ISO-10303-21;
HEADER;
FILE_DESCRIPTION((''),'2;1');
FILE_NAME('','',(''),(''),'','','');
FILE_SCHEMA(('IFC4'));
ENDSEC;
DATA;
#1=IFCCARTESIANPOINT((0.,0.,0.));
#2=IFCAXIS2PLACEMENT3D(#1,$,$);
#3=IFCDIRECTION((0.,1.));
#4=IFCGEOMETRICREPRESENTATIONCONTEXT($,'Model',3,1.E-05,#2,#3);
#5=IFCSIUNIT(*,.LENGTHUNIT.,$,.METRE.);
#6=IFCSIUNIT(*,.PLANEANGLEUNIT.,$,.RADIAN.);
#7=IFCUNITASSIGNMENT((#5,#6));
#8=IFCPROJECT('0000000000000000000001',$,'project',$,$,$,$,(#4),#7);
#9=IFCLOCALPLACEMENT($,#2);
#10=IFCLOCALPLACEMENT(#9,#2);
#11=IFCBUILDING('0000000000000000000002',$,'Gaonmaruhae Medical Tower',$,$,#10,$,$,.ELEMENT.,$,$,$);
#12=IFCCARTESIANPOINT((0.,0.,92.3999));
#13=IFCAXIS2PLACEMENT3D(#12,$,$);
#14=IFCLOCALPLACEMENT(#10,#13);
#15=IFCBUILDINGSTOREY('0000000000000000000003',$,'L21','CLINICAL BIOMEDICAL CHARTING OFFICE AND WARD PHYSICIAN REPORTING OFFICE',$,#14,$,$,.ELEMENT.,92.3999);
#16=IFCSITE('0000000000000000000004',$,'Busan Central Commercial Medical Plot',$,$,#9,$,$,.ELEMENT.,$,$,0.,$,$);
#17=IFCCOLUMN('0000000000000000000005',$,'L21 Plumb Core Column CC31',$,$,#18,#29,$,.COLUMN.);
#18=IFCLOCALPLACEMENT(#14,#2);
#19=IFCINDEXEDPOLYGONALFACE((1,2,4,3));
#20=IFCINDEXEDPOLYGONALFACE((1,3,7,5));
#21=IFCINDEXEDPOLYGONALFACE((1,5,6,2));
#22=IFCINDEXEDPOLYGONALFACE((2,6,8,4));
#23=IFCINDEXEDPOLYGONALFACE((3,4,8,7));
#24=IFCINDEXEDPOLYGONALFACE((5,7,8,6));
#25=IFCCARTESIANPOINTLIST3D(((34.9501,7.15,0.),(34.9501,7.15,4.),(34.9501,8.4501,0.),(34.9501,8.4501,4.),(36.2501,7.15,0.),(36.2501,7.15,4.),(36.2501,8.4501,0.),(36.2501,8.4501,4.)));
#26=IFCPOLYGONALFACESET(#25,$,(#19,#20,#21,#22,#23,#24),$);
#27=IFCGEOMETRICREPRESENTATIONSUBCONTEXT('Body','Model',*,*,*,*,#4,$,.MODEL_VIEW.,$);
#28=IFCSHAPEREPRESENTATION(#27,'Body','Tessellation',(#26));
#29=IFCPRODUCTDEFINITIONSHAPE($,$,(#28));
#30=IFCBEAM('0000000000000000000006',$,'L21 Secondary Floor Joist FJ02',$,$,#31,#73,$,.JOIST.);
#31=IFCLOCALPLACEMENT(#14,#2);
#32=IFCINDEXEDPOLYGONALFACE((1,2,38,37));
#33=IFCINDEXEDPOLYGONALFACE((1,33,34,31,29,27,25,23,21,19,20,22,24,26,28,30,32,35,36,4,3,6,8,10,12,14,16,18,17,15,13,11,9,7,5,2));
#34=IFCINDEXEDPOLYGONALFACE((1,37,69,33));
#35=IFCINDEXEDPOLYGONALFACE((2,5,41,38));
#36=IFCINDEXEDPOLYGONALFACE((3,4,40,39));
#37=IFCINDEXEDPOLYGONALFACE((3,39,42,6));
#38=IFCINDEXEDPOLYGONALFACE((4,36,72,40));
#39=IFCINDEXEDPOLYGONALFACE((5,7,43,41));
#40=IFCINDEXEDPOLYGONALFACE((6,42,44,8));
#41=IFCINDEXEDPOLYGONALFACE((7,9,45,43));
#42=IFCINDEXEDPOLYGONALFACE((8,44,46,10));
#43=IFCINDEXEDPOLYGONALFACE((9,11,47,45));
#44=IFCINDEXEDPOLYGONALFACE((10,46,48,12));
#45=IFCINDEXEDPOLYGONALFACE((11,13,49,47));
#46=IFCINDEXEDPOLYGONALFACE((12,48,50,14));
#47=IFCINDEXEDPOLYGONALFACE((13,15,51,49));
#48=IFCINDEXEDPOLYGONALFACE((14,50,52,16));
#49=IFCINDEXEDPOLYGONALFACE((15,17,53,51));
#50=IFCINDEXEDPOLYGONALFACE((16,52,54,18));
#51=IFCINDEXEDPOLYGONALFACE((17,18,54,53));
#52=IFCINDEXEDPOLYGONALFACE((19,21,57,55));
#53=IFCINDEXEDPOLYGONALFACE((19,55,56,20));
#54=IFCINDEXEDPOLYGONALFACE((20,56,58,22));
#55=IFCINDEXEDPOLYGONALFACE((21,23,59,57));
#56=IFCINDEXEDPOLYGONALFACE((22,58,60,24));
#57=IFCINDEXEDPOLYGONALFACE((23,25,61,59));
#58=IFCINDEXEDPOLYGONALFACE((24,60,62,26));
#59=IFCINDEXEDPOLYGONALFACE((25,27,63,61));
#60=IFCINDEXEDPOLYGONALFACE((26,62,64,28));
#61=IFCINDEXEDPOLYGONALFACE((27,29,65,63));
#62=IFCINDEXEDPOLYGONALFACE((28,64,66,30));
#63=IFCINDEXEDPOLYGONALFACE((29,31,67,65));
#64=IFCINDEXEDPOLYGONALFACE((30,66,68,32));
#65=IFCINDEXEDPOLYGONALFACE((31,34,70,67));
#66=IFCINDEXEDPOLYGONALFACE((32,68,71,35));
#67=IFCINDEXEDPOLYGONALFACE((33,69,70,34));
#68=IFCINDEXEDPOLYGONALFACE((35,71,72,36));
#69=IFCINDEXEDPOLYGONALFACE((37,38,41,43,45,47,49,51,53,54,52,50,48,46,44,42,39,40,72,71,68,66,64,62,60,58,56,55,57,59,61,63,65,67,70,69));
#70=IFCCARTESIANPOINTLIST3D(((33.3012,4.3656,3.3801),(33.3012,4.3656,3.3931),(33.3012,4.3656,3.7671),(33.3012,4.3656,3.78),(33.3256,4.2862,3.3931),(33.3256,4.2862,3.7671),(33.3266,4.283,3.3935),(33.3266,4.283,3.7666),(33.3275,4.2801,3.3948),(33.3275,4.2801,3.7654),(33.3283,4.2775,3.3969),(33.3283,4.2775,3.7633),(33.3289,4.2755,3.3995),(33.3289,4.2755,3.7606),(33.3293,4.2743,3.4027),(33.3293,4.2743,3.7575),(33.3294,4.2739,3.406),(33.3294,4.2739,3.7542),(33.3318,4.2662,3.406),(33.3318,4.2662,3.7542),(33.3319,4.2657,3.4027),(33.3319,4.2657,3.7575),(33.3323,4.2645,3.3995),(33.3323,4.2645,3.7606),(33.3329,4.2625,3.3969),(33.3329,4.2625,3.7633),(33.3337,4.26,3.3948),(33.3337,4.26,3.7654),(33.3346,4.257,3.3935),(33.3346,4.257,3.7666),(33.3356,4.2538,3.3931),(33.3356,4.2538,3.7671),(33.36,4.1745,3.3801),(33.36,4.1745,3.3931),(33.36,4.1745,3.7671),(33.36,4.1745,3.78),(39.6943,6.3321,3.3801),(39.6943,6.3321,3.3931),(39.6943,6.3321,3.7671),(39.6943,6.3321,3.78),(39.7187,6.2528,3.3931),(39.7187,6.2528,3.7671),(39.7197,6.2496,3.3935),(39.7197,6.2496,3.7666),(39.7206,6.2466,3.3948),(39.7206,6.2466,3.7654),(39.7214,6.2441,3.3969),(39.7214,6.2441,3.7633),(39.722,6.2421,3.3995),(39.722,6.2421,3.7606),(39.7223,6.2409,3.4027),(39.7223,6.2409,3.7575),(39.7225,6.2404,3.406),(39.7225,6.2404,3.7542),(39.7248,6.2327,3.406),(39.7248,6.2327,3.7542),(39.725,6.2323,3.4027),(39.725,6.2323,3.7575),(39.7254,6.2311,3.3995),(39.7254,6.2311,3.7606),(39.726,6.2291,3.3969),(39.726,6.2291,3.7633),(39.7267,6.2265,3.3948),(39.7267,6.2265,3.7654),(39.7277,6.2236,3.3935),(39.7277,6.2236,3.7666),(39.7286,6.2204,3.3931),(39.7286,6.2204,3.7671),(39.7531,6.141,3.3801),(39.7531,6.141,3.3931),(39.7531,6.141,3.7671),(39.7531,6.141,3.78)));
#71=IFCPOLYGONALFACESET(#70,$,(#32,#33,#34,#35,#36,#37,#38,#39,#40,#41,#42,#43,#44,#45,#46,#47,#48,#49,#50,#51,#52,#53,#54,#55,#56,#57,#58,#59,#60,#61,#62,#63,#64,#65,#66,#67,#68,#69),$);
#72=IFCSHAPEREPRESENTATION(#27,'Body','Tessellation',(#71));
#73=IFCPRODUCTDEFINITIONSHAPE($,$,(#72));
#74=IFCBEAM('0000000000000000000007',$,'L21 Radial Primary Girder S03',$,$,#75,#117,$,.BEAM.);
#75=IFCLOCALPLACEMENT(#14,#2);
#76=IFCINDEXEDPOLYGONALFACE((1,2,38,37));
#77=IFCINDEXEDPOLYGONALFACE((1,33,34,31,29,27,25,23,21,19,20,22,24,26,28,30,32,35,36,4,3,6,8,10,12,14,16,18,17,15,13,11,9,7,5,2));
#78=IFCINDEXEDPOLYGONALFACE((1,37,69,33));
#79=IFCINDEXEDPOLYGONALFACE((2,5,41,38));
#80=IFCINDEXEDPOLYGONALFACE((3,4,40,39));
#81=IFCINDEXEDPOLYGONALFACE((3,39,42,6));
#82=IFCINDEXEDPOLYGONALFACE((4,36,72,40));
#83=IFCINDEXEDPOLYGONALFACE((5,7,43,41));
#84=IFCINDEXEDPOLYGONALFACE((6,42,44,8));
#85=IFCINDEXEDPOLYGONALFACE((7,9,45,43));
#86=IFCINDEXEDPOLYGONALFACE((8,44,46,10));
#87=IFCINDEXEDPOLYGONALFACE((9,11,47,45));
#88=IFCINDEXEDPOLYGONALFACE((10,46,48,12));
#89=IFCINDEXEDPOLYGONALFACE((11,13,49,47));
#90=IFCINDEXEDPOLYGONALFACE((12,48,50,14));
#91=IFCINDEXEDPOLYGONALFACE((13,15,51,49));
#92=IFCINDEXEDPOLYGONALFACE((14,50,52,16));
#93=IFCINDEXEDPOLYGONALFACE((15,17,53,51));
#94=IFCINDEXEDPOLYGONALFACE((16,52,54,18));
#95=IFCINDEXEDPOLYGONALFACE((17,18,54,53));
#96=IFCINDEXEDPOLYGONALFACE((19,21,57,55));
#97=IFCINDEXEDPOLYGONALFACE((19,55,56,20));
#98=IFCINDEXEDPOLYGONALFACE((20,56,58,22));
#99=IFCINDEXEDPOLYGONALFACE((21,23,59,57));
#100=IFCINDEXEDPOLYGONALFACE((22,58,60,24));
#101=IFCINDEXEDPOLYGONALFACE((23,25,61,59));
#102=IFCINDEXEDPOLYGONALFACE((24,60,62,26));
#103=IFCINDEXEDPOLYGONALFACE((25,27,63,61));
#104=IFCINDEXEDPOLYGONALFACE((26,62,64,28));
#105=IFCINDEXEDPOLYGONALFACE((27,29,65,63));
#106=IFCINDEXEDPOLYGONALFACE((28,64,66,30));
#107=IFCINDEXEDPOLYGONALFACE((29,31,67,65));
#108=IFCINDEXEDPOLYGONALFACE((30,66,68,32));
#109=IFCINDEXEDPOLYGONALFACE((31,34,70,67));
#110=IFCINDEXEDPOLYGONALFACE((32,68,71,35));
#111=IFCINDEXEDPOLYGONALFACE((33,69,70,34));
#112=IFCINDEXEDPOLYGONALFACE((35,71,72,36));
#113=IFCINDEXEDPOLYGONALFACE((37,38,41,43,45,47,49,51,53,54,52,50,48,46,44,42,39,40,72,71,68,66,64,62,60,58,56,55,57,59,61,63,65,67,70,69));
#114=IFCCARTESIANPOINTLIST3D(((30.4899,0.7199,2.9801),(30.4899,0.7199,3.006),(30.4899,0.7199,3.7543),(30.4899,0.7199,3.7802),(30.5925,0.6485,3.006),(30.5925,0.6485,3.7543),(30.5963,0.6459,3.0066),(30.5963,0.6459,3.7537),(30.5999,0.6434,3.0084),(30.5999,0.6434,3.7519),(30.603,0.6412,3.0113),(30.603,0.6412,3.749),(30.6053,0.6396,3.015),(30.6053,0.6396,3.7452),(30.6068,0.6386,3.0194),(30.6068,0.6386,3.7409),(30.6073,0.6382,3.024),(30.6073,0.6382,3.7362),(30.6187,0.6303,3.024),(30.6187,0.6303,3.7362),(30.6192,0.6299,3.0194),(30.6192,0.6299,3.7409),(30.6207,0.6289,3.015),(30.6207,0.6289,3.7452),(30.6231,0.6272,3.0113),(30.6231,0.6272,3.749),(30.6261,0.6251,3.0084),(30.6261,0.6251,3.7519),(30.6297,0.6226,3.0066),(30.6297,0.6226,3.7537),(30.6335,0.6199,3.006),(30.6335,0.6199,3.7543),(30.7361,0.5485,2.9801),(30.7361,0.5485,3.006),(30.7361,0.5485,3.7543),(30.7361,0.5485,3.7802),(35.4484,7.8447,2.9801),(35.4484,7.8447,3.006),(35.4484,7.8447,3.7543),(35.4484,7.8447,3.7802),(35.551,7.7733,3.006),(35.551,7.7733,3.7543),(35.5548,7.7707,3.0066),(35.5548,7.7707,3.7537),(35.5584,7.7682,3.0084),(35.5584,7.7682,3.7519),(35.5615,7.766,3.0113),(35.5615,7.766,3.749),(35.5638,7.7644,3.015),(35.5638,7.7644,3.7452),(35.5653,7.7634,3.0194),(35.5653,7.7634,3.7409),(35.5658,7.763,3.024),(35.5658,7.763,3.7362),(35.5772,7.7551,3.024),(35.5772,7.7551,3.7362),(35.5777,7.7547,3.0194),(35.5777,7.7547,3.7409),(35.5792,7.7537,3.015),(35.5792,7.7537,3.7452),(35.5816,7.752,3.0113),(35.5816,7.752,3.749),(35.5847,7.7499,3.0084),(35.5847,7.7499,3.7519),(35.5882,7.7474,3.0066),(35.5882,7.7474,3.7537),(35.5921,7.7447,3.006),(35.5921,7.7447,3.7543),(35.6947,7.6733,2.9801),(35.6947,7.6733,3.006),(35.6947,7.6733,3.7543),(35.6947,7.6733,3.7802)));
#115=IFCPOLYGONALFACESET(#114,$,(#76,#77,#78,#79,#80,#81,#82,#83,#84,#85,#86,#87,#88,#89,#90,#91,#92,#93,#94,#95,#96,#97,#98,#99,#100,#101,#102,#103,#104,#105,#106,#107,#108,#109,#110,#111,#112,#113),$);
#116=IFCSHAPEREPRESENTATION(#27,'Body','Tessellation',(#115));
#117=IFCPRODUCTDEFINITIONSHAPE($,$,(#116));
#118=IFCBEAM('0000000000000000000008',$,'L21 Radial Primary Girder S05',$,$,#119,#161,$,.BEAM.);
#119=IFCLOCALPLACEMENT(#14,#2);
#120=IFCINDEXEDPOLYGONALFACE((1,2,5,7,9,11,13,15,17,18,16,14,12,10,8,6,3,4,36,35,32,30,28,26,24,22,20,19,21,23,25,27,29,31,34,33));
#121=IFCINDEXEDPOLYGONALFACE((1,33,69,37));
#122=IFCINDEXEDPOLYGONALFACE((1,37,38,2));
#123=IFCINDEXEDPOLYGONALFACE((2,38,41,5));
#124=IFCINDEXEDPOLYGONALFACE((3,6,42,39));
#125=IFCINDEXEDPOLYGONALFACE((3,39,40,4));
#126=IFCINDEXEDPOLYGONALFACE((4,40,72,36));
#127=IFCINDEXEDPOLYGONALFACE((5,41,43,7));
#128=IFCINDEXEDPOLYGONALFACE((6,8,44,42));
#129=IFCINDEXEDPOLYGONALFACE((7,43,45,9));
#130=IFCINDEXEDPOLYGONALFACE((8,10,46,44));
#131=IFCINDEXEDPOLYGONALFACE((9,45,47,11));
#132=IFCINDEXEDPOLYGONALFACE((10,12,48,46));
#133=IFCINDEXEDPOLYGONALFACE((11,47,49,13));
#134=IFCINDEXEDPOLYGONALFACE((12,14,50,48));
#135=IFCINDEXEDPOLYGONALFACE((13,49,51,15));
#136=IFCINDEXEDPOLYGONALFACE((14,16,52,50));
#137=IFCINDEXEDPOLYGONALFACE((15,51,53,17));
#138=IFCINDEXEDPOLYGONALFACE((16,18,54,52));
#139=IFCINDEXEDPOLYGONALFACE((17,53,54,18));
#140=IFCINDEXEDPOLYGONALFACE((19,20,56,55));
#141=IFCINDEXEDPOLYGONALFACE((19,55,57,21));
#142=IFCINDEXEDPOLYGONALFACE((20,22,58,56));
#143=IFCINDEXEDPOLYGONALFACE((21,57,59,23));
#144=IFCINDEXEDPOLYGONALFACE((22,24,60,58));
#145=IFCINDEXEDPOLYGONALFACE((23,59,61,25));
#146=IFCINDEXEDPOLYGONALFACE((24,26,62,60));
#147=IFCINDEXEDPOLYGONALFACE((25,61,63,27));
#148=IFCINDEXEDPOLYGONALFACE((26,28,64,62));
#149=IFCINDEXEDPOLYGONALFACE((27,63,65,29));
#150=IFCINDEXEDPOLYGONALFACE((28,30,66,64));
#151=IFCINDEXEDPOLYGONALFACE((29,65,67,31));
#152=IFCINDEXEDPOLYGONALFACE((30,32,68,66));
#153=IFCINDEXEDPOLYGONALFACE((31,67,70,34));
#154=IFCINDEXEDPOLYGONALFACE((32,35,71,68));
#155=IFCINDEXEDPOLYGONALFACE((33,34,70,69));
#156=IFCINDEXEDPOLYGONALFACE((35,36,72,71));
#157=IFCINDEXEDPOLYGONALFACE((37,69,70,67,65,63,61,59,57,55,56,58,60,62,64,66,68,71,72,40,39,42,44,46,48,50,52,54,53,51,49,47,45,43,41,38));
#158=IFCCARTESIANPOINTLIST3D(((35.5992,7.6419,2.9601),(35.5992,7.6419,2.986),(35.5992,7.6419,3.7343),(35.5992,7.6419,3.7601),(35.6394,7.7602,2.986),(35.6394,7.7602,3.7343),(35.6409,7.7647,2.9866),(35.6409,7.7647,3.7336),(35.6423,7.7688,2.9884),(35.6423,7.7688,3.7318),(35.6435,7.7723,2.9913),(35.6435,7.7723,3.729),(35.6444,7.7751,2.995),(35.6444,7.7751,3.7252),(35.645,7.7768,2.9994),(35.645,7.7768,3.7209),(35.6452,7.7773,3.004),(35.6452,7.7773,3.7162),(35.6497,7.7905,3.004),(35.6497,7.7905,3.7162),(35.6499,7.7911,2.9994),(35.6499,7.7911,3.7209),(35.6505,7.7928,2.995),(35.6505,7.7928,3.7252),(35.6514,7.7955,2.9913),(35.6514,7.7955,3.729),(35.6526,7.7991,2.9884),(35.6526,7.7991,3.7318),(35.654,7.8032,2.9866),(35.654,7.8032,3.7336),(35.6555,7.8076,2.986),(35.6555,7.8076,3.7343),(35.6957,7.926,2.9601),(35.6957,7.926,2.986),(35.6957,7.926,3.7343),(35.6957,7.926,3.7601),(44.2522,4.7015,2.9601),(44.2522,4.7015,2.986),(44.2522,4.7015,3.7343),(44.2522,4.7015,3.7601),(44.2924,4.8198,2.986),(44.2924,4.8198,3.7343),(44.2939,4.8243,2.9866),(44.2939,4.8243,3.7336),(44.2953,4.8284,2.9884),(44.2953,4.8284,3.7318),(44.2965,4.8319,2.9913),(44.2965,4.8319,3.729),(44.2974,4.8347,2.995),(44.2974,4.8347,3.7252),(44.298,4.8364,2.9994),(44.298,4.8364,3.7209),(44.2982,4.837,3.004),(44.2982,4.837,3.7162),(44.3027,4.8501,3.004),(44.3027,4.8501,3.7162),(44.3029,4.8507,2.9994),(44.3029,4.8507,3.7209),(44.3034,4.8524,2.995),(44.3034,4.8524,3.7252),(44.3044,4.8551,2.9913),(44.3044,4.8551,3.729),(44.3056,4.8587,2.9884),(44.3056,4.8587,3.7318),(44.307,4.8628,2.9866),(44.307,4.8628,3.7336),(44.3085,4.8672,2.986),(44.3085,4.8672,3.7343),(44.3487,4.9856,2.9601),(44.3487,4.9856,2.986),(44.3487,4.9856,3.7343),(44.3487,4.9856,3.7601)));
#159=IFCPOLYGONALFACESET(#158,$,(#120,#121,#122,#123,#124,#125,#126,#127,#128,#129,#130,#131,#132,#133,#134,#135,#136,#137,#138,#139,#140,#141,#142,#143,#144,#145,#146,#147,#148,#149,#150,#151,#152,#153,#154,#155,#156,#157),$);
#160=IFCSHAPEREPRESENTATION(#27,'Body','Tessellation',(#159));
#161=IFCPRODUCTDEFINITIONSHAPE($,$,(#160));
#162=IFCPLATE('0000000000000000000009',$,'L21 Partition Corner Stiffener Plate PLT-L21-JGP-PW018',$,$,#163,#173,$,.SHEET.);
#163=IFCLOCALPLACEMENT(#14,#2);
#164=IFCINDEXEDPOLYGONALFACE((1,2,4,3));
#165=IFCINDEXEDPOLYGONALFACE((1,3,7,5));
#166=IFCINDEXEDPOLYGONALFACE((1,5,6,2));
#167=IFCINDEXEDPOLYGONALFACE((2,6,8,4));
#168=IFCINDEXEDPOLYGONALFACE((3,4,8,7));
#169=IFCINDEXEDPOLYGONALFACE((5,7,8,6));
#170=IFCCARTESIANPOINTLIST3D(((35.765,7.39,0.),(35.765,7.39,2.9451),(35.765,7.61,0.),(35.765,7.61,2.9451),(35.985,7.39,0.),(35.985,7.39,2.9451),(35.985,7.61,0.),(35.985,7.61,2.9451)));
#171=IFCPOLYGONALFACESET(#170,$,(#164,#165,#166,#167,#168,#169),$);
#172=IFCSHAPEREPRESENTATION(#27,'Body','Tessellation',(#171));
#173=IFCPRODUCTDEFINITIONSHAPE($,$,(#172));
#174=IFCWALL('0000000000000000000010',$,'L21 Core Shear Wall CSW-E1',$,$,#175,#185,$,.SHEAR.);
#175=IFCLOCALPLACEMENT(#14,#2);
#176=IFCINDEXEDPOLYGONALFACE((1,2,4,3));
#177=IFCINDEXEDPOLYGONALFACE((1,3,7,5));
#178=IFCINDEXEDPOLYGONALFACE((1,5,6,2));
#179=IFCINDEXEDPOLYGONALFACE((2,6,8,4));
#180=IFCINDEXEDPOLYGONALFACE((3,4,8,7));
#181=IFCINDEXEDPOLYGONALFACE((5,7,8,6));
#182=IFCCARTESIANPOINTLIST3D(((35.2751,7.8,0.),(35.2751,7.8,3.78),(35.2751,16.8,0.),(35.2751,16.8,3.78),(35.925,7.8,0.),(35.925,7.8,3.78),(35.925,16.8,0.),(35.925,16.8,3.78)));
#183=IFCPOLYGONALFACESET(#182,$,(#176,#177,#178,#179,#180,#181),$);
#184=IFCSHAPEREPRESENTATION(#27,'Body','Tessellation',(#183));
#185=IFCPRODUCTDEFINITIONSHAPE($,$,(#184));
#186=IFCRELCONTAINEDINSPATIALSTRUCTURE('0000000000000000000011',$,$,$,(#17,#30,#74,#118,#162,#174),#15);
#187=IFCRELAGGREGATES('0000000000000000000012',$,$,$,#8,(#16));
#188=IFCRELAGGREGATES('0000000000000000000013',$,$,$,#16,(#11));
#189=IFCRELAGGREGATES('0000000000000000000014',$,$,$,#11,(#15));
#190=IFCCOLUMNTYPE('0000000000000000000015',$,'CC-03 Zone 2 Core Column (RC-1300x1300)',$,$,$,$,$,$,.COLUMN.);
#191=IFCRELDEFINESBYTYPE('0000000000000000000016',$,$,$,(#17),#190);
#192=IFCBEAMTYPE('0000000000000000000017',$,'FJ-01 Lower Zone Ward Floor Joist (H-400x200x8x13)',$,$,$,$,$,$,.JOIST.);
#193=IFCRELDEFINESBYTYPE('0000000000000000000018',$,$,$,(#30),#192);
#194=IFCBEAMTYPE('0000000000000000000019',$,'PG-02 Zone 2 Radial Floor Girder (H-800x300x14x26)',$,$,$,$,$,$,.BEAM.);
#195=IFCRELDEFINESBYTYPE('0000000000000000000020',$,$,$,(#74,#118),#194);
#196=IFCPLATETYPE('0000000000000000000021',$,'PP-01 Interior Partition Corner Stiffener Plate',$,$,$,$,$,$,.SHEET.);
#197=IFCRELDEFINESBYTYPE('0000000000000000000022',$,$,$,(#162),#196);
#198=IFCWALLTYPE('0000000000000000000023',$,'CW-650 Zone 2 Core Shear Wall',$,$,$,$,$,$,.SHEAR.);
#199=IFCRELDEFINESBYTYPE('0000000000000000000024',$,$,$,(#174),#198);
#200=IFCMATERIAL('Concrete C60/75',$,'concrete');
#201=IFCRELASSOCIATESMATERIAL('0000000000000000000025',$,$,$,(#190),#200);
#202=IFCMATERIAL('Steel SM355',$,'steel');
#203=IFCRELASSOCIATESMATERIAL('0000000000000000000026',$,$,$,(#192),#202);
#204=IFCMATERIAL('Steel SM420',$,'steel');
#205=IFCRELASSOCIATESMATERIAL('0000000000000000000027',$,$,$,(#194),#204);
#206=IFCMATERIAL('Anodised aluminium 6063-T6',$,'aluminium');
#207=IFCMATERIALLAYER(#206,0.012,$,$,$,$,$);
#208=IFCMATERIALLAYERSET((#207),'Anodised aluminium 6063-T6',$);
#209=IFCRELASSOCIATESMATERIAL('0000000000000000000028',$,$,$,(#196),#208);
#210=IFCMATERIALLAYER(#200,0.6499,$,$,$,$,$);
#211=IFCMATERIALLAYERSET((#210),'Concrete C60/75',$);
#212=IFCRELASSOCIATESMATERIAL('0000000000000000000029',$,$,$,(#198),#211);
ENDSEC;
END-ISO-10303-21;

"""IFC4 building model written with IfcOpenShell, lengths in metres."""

from ifc_helpers import new_model, si_unit, direction, frame, frame_2d, origin, origin_2d, place, context, subcontext, project, spatial, rectangle, i_section, extrude, material, layer, layer_set, material_profile, profile_set, type_object, element, save


model = new_model("IFC4")

# Units and contexts
model_context = context("Model", 3, precision=1e-05, world=origin(), true_north=direction((0.0, 1.0)))
body_context = subcontext(model_context, "Body", "Model", "MODEL_VIEW")
ifc_project = project(units=[si_unit("LENGTHUNIT", "METRE"), si_unit("PLANEANGLEUNIT", "RADIAN")], contexts=[model_context])

# Site, building, storey
site_placement = place(None, origin())
site = spatial("IfcSite", under=ifc_project, at=site_placement, Name="Busan Central Commercial Medical Plot", CompositionType="ELEMENT", RefElevation=0.0)
building_placement = place(site_placement, origin())
building = spatial("IfcBuilding", under=site, at=building_placement, Name="Gaonmaruhae Medical Tower", CompositionType="ELEMENT")
storey_placement = place(building_placement, frame((0.0, 0.0, 92.3999)))
storey = spatial("IfcBuildingStorey", under=building, at=storey_placement, Name="L21", Description="CLINICAL BIOMEDICAL CHARTING OFFICE AND WARD PHYSICIAN REPORTING OFFICE", CompositionType="ELEMENT", Elevation=92.3999)

# Column
ifc_material_1 = material(Name="Concrete C60/75", Category="concrete")
ifc_material_profile_1 = material_profile(ifc_material_1, rectangle(XDim=1.3, YDim=1.3, at=origin_2d()), Name="RC-1300x1300")
ifc_profile_set_1 = profile_set([ifc_material_profile_1], Name="Concrete C60/75")
column_type = type_object("IfcColumnType", Name="CC-03 Zone 2 Core Column (RC-1300x1300)", PredefinedType="COLUMN", material=ifc_profile_set_1)
column_placement = place(storey_placement, frame((35.6001, 7.8, 0.0), z_axis=(0.0, 0.0, 1.0), x_axis=(1.0, 0.0, 0.0)))
element("IfcColumn", 1, at=column_placement, inside=storey, type_object=column_type, Name="L21 Plumb Core Column CC31", PredefinedType="COLUMN", context=body_context, shape_type="SweptSolid", body=[
    extrude(rectangle(XDim=1.3, YDim=1.3, at=origin_2d()), origin(), (0.0, 0.0, 1.0), 4.0),
])

# Beams
ifc_material_2 = material(Name="Steel SM355", Category="steel")
ifc_material_profile_2 = material_profile(ifc_material_2, i_section(OverallWidth=0.2, OverallDepth=0.3999, WebThickness=0.0081, FlangeThickness=0.0129, FilletRadius=0.0129, at=origin_2d()), Name="H-400x200x8x13")
ifc_profile_set_2 = profile_set([ifc_material_profile_2], Name="Steel SM355")
beam_type_1 = type_object("IfcBeamType", Name="FJ-01 Lower Zone Ward Floor Joist (H-400x200x8x13)", PredefinedType="JOIST", material=ifc_profile_set_2)
beam_1_placement = place(storey_placement, frame((33.3306, 4.27, 3.5801), z_axis=(0.955802, 0.294011, 0.0), x_axis=(-0.294011, 0.955802, 0.0)))
element("IfcBeam", 2, at=beam_1_placement, inside=storey, type_object=beam_type_1, Name="L21 Secondary Floor Joist FJ02", PredefinedType="JOIST", context=body_context, shape_type="SweptSolid", body=[
    extrude(i_section(OverallWidth=0.2, OverallDepth=0.3999, WebThickness=0.0081, FlangeThickness=0.0129, FilletRadius=0.0129, at=origin_2d()), origin(), (0.0, 0.0, 1.0), 6.6887),
])
ifc_material_3 = material(Name="Steel SM420", Category="steel")
ifc_material_profile_3 = material_profile(ifc_material_3, i_section(OverallWidth=0.3, OverallDepth=0.8, WebThickness=0.0139, FlangeThickness=0.0259, FilletRadius=0.0181, at=origin_2d()), Name="H-800x300x14x26")
ifc_profile_set_3 = profile_set([ifc_material_profile_3], Name="Steel SM420")
beam_type_2 = type_object("IfcBeamType", Name="PG-02 Zone 2 Radial Floor Girder (H-800x300x14x26)", PredefinedType="BEAM", material=ifc_profile_set_3)
beam_2_placement = place(storey_placement, frame((35.5715, 7.759, 3.3801), z_axis=(-0.571231, -0.820789, 0.0), x_axis=(0.820789, -0.571231, 0.0)))
element("IfcBeam", 3, at=beam_2_placement, inside=storey, type_object=beam_type_2, Name="L21 Radial Primary Girder S03", PredefinedType="BEAM", context=body_context, shape_type="SweptSolid", body=[
    extrude(i_section(OverallWidth=0.3, OverallDepth=0.8, WebThickness=0.0139, FlangeThickness=0.0259, FilletRadius=0.0181, at=origin_2d()), origin(), (0.0, 0.0, 1.0), 8.6804),
])
beam_3_placement = place(storey_placement, frame((35.6475, 7.7839, 3.3601), z_axis=(0.946827, -0.321744, 0.0), x_axis=(0.321744, 0.946827, 0.0)))
element("IfcBeam", 4, at=beam_3_placement, inside=storey, type_object=beam_type_2, Name="L21 Radial Primary Girder S05", PredefinedType="BEAM", context=body_context, shape_type="SweptSolid", body=[
    extrude(i_section(OverallWidth=0.3, OverallDepth=0.8, WebThickness=0.0139, FlangeThickness=0.0259, FilletRadius=0.0181, at=origin_2d()), origin(), (0.0, 0.0, 1.0), 9.1389),
])

# Plate
ifc_material_4 = material(Name="Anodised aluminium 6063-T6", Category="aluminium")
ifc_layer_1 = layer(ifc_material_4, 0.012)
ifc_layer_set_1 = layer_set([ifc_layer_1], Name="Anodised aluminium 6063-T6")
plate_type = type_object("IfcPlateType", Name="PP-01 Interior Partition Corner Stiffener Plate", PredefinedType="SHEET", material=ifc_layer_set_1)
plate_placement = place(storey_placement, frame((35.875, 7.5, 0.0), z_axis=(0.0, 0.0, 1.0), x_axis=(1.0, 0.0, 0.0)))
element("IfcPlate", 5, at=plate_placement, inside=storey, type_object=plate_type, Name="L21 Partition Corner Stiffener Plate PLT-L21-JGP-PW018", PredefinedType="SHEET", context=body_context, shape_type="SweptSolid", body=[
    extrude(rectangle(XDim=0.22, YDim=0.22, at=origin_2d()), origin(), (0.0, 0.0, 1.0), 2.9451),
])

# Wall
ifc_layer_2 = layer(ifc_material_1, 0.6499)
ifc_layer_set_2 = layer_set([ifc_layer_2], Name="Concrete C60/75")
wall_type_1 = type_object("IfcWallType", Name="CW-650 Zone 2 Core Shear Wall", PredefinedType="SHEAR", material=ifc_layer_set_2)
wall_1_placement = place(storey_placement, frame((35.6001, 7.8, 0.0), z_axis=(0.0, 0.0, 1.0), x_axis=(0.0, 1.0, 0.0)))
element("IfcWall", 6, at=wall_1_placement, inside=storey, type_object=wall_type_1, Name="L21 Core Shear Wall CSW-E1", PredefinedType="SHEAR", context=body_context, shape_type="SweptSolid", body=[
    extrude(rectangle(XDim=9.0, YDim=0.6499, at=frame_2d((4.5, 0.0))), origin(), (0.0, 0.0, 1.0), 3.78),
])

save(model, "model.ifc")
